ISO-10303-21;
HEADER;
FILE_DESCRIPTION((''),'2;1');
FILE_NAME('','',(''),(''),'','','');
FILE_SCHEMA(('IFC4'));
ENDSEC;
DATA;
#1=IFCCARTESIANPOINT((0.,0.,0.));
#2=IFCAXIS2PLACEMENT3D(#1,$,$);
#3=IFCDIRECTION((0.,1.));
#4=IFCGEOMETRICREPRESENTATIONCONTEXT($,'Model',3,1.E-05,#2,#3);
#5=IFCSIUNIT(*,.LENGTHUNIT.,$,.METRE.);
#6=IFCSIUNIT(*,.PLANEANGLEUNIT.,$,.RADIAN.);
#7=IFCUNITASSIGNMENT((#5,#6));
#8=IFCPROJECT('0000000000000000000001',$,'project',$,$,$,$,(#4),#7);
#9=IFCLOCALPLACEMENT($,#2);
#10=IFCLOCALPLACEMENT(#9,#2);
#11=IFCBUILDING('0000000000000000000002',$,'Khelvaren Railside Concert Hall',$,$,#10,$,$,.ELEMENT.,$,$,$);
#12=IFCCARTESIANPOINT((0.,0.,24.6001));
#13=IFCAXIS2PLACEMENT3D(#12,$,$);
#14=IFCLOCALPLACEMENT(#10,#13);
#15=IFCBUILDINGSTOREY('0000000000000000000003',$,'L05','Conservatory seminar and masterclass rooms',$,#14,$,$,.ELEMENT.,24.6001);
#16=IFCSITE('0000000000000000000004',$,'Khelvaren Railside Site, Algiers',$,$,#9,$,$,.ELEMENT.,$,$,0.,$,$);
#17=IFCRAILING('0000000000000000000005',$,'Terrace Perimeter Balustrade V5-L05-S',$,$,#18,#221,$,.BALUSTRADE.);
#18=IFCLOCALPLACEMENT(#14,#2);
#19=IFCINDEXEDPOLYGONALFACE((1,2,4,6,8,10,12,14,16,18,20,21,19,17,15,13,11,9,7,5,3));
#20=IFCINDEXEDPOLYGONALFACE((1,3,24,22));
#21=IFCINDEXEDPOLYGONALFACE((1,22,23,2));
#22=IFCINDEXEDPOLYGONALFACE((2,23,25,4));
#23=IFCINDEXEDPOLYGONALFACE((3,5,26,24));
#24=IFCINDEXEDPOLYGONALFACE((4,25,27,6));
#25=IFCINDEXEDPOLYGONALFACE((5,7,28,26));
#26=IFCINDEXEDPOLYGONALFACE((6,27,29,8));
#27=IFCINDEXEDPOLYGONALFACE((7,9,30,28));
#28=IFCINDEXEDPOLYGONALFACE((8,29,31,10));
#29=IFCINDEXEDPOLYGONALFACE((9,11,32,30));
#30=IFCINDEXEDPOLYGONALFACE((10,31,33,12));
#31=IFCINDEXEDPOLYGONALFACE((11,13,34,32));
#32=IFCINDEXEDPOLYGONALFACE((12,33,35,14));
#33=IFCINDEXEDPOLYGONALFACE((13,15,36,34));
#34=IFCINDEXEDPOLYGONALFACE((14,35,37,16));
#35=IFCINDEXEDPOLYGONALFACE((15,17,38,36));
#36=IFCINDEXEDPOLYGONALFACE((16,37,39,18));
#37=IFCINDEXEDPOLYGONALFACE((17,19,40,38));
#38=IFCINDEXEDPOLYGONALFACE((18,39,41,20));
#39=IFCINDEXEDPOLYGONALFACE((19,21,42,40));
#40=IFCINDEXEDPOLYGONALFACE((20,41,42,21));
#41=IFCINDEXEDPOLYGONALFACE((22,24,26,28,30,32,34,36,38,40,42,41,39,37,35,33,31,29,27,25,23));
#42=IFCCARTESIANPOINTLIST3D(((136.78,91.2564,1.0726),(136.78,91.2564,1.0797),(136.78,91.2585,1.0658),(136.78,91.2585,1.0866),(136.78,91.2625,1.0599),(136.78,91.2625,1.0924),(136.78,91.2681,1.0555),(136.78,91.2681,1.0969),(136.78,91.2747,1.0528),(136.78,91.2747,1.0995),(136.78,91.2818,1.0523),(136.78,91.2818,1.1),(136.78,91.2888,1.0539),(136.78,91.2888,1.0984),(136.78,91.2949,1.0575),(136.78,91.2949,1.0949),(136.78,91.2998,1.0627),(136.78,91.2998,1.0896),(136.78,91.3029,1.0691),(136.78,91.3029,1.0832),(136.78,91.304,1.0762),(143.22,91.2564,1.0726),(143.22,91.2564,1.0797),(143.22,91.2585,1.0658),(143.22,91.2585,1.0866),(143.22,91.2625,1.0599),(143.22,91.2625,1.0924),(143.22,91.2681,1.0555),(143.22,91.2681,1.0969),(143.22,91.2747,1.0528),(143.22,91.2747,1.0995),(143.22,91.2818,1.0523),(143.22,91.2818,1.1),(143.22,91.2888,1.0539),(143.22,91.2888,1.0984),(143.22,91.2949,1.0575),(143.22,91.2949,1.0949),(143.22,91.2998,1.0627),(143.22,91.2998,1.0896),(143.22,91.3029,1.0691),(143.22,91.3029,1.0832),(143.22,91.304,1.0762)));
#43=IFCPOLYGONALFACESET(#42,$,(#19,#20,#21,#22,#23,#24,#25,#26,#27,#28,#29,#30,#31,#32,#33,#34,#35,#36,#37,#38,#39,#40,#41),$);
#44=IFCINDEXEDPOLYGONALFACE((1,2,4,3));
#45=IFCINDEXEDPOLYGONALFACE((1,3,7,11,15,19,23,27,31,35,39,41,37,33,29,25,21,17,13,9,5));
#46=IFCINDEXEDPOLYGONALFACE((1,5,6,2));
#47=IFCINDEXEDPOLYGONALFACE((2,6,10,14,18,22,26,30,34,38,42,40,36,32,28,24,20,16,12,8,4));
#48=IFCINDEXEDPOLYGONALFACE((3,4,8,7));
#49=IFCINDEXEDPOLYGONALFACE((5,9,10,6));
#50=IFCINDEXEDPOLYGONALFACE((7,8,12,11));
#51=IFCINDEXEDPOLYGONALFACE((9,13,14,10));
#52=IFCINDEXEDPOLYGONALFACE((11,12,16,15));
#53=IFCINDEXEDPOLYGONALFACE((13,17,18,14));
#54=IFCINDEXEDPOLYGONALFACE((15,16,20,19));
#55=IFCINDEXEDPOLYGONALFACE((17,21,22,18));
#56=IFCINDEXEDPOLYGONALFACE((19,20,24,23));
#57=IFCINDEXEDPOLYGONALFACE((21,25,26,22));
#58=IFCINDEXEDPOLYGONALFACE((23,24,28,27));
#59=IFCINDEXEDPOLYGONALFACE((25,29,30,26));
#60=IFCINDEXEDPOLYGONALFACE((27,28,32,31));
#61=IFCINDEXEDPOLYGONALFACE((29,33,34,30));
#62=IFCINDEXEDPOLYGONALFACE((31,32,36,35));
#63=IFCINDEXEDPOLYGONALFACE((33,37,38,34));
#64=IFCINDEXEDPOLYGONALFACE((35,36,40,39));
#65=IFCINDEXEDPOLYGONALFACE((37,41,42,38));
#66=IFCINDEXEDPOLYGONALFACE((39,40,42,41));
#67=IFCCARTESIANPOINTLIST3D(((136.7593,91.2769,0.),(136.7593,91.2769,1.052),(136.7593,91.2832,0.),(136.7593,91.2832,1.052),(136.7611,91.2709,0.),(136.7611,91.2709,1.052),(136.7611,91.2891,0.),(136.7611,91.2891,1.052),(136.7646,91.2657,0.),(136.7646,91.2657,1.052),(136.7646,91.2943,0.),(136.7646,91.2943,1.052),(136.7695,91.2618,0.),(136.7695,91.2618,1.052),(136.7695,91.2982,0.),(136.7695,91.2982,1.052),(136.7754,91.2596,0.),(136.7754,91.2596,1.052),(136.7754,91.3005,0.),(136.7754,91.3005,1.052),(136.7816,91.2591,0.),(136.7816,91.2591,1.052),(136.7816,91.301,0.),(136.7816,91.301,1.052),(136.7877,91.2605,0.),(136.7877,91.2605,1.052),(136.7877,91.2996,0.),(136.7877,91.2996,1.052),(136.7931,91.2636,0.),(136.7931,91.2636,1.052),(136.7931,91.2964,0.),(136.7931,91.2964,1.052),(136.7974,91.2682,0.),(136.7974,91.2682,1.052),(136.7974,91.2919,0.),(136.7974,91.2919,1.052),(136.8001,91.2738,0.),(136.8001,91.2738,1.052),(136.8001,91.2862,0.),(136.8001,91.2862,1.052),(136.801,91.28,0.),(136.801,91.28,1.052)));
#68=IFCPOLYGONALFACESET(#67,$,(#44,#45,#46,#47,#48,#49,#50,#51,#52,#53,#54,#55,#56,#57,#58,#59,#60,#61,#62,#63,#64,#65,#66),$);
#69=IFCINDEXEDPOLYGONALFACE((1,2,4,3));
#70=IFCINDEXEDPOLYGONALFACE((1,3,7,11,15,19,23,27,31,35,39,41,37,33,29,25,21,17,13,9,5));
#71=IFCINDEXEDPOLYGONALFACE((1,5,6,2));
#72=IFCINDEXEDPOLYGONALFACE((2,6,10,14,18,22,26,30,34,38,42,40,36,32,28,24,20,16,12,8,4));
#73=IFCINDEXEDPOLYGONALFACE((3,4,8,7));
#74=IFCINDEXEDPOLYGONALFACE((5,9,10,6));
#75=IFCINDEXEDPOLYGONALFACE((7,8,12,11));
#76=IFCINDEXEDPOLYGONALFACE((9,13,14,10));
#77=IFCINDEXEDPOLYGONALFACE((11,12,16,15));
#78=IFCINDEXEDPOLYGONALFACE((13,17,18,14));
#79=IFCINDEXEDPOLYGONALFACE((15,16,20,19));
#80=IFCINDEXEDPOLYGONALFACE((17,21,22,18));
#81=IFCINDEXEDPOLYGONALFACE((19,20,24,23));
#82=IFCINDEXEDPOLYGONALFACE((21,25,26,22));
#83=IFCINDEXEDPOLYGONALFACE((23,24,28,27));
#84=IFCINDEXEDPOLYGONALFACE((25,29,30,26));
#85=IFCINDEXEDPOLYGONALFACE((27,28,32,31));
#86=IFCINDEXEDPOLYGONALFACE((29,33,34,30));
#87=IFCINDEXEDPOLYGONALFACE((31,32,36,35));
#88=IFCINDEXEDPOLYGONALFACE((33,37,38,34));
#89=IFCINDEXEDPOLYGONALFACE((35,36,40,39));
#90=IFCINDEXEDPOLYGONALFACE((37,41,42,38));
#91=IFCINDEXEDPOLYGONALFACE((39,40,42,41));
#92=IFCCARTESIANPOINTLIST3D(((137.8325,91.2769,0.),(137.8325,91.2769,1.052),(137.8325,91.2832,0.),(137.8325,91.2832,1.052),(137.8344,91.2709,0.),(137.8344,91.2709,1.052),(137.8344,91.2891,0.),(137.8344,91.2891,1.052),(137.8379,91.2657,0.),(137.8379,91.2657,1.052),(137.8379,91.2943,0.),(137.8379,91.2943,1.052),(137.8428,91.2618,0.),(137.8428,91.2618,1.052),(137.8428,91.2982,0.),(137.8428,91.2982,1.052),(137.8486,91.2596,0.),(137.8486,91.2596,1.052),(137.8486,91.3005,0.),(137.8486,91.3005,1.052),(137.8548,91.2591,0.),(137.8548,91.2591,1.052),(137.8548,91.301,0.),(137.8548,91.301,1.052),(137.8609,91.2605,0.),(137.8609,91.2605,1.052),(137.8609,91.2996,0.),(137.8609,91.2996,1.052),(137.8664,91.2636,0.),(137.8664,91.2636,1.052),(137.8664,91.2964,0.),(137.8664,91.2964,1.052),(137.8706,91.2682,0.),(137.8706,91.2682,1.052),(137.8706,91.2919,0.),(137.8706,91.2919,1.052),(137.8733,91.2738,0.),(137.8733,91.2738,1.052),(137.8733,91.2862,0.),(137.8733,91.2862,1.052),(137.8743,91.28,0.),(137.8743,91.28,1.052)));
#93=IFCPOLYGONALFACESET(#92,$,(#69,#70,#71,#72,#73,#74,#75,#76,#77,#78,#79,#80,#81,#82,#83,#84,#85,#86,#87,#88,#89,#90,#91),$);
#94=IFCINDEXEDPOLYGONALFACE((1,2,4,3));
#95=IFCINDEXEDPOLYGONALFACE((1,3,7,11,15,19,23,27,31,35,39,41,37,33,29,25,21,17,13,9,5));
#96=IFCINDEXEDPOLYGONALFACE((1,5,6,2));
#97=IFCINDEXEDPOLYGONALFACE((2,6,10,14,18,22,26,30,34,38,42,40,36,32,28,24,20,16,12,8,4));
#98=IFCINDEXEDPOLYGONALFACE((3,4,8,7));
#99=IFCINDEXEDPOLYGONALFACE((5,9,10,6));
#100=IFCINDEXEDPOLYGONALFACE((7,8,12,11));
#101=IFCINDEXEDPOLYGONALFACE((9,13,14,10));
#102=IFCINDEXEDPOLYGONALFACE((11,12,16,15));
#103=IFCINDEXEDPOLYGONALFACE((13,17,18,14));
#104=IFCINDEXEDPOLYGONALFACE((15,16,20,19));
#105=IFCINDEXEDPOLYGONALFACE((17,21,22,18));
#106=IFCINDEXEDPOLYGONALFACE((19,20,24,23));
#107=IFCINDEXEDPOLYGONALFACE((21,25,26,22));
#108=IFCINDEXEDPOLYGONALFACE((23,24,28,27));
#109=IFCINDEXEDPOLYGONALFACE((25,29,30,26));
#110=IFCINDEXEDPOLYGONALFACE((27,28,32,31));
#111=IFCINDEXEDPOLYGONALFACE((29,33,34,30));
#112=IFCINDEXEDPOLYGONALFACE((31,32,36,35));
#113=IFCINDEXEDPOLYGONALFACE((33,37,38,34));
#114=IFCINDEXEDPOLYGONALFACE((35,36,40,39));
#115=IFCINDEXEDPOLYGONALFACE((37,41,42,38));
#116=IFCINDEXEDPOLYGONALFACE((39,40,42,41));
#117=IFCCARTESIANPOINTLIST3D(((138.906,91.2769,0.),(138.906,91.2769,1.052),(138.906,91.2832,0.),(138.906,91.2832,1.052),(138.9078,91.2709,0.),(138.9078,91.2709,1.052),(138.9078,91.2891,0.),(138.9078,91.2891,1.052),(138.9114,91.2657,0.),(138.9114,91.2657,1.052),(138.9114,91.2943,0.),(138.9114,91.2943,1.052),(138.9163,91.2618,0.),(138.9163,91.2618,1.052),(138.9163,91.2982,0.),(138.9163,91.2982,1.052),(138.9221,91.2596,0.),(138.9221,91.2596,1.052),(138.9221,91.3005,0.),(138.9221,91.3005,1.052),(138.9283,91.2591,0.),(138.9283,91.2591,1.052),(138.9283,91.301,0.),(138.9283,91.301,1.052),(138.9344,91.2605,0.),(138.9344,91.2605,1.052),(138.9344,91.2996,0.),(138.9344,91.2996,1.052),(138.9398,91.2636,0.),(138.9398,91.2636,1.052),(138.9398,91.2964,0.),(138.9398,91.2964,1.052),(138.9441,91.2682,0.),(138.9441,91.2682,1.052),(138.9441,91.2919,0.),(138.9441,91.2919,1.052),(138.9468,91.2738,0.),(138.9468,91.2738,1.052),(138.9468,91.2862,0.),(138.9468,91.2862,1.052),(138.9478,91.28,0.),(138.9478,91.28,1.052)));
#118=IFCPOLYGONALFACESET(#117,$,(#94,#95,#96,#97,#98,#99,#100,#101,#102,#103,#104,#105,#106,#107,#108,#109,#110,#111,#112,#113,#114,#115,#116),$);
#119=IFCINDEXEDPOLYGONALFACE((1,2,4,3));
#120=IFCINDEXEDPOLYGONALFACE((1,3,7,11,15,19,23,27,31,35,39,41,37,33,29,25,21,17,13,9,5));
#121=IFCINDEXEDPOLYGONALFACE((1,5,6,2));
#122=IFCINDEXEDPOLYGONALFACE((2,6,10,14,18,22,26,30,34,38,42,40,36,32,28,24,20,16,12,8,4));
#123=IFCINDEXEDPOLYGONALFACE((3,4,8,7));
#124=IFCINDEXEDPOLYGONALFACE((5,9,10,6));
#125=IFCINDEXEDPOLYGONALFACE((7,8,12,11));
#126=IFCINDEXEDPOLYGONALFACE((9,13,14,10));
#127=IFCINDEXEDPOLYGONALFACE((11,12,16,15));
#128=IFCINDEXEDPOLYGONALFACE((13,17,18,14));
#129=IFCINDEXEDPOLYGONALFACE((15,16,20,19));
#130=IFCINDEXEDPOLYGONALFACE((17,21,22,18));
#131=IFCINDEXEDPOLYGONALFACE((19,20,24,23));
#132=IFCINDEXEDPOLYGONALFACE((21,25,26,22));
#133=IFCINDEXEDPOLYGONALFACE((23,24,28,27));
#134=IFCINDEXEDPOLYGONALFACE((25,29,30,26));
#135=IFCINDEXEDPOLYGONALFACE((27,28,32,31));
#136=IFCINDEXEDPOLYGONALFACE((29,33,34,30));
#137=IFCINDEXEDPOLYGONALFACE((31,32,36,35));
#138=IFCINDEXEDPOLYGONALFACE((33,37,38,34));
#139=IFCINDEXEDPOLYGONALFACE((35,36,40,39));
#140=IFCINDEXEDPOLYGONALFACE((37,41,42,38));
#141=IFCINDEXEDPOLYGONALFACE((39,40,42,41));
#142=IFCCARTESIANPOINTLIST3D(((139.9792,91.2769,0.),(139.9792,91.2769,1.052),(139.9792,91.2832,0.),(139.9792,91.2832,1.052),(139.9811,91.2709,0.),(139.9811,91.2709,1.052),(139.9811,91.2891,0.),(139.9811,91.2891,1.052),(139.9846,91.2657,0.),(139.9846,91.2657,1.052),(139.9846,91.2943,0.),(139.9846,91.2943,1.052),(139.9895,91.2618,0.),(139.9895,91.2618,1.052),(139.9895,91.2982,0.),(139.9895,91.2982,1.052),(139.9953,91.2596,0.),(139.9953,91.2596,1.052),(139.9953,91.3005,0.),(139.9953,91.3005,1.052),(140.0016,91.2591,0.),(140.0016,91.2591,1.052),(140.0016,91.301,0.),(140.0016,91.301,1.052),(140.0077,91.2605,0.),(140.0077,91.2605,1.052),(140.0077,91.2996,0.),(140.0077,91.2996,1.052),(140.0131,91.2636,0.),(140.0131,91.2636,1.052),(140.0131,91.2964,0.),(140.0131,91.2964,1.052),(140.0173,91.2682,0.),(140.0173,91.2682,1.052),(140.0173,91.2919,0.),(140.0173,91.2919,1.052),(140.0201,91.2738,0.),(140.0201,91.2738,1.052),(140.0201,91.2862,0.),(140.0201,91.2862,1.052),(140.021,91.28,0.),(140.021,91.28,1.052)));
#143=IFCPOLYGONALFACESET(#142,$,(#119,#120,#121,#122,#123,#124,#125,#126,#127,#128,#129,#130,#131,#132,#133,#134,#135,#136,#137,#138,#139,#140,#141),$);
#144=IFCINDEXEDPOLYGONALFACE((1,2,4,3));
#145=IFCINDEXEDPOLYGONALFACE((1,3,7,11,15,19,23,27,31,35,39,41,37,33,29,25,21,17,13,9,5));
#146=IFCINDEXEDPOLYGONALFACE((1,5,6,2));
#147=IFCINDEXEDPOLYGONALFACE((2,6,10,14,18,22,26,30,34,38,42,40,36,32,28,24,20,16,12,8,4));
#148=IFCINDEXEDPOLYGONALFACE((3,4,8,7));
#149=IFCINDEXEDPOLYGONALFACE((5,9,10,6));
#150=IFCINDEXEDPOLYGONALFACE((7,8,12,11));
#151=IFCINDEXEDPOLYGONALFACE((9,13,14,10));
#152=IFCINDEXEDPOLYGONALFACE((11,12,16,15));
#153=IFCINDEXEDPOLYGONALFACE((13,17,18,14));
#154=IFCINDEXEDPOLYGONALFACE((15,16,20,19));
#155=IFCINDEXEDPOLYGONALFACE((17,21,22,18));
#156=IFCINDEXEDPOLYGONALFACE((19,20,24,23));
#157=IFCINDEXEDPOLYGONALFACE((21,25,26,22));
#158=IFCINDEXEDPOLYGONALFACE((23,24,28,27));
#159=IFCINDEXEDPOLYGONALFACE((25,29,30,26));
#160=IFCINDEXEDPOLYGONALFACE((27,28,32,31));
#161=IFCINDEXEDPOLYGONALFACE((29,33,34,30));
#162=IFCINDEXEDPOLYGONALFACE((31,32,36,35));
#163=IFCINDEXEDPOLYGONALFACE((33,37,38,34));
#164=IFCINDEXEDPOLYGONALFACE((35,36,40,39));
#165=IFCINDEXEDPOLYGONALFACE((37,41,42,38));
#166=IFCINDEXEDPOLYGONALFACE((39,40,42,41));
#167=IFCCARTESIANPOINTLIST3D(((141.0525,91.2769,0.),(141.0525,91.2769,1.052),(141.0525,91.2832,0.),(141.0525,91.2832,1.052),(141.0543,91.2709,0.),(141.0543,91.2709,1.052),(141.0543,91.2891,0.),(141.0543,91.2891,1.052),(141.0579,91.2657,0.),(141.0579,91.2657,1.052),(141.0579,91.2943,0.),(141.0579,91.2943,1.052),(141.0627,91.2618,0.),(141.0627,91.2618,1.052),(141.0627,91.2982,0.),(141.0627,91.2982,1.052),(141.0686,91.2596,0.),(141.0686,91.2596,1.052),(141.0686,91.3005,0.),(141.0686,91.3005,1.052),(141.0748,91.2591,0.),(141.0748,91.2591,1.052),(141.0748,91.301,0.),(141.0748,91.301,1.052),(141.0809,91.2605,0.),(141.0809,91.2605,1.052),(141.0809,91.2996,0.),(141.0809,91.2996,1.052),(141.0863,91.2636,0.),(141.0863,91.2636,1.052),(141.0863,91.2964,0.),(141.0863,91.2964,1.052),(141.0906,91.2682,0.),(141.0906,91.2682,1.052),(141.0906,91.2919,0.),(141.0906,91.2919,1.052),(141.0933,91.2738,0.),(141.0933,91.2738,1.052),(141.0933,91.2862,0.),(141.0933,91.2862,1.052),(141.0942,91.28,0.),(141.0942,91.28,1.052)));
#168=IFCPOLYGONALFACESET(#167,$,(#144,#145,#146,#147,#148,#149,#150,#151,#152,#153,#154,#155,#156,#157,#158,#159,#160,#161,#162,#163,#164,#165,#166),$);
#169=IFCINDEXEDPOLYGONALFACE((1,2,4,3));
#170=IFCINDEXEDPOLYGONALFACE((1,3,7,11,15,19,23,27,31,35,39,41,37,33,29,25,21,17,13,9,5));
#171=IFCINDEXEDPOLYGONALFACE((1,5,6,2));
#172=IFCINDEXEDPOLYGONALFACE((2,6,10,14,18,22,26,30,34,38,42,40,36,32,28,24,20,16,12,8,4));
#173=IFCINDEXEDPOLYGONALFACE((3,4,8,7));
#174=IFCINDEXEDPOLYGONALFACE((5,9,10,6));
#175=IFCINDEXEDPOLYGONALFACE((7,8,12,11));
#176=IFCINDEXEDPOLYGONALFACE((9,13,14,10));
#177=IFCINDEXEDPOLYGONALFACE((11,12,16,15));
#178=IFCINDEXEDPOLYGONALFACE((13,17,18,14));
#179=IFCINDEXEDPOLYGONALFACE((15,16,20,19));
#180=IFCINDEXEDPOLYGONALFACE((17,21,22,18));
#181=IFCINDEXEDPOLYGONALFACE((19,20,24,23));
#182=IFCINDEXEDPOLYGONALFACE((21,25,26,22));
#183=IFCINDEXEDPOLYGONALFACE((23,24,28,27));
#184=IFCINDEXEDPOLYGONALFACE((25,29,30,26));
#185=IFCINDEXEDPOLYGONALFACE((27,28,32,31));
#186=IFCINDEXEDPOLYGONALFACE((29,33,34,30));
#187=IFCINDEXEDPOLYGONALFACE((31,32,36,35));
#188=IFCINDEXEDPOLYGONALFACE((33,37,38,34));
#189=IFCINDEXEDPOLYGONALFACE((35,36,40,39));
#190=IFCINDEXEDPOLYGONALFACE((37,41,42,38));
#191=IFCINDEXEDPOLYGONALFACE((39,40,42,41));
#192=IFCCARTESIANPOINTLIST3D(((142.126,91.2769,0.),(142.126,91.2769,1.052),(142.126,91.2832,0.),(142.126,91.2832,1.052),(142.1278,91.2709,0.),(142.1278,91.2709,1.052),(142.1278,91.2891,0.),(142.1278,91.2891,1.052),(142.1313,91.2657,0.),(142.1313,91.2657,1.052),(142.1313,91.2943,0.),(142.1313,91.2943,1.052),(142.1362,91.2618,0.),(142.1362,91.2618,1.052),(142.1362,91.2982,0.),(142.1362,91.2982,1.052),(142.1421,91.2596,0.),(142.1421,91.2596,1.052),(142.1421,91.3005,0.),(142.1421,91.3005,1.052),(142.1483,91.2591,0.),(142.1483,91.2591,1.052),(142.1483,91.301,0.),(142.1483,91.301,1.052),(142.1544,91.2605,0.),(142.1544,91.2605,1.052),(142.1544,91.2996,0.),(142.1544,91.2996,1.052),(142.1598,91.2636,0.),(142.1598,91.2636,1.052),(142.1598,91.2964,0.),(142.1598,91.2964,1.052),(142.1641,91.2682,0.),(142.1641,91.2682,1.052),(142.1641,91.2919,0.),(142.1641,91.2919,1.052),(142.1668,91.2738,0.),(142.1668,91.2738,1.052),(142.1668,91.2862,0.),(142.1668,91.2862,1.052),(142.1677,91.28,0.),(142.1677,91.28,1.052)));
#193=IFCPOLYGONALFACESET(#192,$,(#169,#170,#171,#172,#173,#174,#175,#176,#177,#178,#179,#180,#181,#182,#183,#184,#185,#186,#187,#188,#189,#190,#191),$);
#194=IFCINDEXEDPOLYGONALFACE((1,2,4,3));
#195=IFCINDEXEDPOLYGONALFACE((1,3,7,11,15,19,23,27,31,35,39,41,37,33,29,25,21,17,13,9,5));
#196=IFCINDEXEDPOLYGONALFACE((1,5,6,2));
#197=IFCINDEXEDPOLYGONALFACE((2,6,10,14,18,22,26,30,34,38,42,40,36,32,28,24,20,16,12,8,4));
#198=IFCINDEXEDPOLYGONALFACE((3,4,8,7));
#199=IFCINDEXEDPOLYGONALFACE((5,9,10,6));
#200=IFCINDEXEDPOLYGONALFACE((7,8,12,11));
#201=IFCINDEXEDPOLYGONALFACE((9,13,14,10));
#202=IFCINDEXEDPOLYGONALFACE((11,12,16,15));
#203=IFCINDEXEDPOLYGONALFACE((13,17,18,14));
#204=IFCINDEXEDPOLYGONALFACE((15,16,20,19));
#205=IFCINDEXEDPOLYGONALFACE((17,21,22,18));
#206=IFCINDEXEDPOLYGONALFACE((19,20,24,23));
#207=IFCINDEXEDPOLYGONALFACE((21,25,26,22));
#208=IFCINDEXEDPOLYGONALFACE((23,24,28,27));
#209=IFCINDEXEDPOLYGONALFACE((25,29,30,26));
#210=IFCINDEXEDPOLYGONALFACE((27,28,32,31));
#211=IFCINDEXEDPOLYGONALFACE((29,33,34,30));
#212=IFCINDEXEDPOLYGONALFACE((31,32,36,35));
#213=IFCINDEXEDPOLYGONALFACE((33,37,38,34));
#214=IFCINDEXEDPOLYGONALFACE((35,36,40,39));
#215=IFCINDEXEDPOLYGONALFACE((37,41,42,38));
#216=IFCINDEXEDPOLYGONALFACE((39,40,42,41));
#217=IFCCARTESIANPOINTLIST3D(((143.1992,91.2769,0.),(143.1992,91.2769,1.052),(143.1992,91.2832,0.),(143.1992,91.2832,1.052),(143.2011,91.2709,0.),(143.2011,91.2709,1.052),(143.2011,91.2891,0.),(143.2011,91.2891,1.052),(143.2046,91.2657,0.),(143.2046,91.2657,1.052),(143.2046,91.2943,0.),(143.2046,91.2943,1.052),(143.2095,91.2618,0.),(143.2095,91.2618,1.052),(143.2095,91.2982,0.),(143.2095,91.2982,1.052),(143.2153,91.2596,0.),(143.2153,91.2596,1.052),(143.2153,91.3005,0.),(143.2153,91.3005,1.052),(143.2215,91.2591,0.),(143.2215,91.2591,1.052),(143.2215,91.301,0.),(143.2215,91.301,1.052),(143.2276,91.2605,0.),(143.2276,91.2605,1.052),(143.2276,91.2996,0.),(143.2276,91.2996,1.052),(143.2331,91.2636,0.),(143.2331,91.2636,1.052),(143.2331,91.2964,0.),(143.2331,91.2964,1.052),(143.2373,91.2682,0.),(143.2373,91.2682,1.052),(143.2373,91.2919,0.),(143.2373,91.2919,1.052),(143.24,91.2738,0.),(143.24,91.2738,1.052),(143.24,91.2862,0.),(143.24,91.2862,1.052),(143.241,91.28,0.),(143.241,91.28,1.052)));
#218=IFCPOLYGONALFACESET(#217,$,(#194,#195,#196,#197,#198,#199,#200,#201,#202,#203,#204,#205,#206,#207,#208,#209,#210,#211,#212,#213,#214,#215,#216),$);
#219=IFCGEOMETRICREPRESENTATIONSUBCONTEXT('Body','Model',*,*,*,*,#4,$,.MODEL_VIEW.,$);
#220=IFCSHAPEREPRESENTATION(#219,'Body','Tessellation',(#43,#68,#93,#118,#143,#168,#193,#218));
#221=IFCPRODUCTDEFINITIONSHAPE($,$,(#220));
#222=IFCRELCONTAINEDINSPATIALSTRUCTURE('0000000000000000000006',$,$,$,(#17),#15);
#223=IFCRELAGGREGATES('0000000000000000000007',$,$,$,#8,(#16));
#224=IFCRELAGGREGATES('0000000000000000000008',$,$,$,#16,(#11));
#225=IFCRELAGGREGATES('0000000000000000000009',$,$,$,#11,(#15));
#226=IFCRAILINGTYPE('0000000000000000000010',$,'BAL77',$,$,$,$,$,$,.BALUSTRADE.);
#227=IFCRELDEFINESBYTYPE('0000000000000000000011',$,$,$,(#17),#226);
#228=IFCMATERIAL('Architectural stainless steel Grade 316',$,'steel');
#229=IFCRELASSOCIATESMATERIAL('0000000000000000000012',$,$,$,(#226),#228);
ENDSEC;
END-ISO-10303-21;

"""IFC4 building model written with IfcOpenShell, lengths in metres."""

from ifc_helpers import new_model, si_unit, direction, frame, origin, origin_2d, place, context, subcontext, project, spatial, circle, extrude, material, type_object, element, save


model = new_model("IFC4")

# Units and contexts
model_context = context("Model", 3, precision=1e-05, world=origin(), true_north=direction((0.0, 1.0)))
body_context = subcontext(model_context, "Body", "Model", "MODEL_VIEW")
ifc_project = project(units=[si_unit("LENGTHUNIT", "METRE"), si_unit("PLANEANGLEUNIT", "RADIAN")], contexts=[model_context])

# Site, building, storey
site_placement = place(None, origin())
site = spatial("IfcSite", under=ifc_project, at=site_placement, Name="Khelvaren Railside Site, Algiers", CompositionType="ELEMENT", RefElevation=0.0)
building_placement = place(site_placement, origin())
building = spatial("IfcBuilding", under=site, at=building_placement, Name="Khelvaren Railside Concert Hall", CompositionType="ELEMENT")
storey_placement = place(building_placement, frame((0.0, 0.0, 24.6001)))
storey = spatial("IfcBuildingStorey", under=building, at=storey_placement, Name="L05", Description="Conservatory seminar and masterclass rooms", CompositionType="ELEMENT", Elevation=24.6001)

# Railing
ifc_material_1 = material(Name="Architectural stainless steel Grade 316", Category="steel")
railing_type = type_object("IfcRailingType", Name="BAL77", PredefinedType="BALUSTRADE", material=ifc_material_1)
railing_1_placement = place(storey_placement, frame((136.78, 91.28, 0.0)))
element("IfcRailing", 1, at=railing_1_placement, inside=storey, type_object=railing_type, Name="Terrace Perimeter Balustrade V5-L05-S", PredefinedType="BALUSTRADE", context=body_context, shape_type="SweptSolid", body=[
    extrude(circle(Radius=0.0239, at=origin_2d()), frame((0.0, 0.0, 1.0762), z_axis=(1.0, 0.0, 0.0), x_axis=(0.0, 1.0, 0.0)), (0.0, 0.0, 1.0), 6.4399),
    extrude(circle(Radius=0.021, at=origin_2d()), origin(), (0.0, 0.0, 1.0), 1.052),
    extrude(circle(Radius=0.021, at=origin_2d()), frame((1.0732, 0.0, 0.0)), (0.0, 0.0, 1.0), 1.052),
    extrude(circle(Radius=0.021, at=origin_2d()), frame((2.1467, 0.0, 0.0)), (0.0, 0.0, 1.0), 1.052),
    extrude(circle(Radius=0.021, at=origin_2d()), frame((3.22, 0.0, 0.0)), (0.0, 0.0, 1.0), 1.052),
    extrude(circle(Radius=0.021, at=origin_2d()), frame((4.2932, 0.0, 0.0)), (0.0, 0.0, 1.0), 1.052),
    extrude(circle(Radius=0.021, at=origin_2d()), frame((5.3667, 0.0, 0.0)), (0.0, 0.0, 1.0), 1.052),
    extrude(circle(Radius=0.021, at=origin_2d()), frame((6.4399, 0.0, 0.0)), (0.0, 0.0, 1.0), 1.052),
])

save(model, "model.ifc")
